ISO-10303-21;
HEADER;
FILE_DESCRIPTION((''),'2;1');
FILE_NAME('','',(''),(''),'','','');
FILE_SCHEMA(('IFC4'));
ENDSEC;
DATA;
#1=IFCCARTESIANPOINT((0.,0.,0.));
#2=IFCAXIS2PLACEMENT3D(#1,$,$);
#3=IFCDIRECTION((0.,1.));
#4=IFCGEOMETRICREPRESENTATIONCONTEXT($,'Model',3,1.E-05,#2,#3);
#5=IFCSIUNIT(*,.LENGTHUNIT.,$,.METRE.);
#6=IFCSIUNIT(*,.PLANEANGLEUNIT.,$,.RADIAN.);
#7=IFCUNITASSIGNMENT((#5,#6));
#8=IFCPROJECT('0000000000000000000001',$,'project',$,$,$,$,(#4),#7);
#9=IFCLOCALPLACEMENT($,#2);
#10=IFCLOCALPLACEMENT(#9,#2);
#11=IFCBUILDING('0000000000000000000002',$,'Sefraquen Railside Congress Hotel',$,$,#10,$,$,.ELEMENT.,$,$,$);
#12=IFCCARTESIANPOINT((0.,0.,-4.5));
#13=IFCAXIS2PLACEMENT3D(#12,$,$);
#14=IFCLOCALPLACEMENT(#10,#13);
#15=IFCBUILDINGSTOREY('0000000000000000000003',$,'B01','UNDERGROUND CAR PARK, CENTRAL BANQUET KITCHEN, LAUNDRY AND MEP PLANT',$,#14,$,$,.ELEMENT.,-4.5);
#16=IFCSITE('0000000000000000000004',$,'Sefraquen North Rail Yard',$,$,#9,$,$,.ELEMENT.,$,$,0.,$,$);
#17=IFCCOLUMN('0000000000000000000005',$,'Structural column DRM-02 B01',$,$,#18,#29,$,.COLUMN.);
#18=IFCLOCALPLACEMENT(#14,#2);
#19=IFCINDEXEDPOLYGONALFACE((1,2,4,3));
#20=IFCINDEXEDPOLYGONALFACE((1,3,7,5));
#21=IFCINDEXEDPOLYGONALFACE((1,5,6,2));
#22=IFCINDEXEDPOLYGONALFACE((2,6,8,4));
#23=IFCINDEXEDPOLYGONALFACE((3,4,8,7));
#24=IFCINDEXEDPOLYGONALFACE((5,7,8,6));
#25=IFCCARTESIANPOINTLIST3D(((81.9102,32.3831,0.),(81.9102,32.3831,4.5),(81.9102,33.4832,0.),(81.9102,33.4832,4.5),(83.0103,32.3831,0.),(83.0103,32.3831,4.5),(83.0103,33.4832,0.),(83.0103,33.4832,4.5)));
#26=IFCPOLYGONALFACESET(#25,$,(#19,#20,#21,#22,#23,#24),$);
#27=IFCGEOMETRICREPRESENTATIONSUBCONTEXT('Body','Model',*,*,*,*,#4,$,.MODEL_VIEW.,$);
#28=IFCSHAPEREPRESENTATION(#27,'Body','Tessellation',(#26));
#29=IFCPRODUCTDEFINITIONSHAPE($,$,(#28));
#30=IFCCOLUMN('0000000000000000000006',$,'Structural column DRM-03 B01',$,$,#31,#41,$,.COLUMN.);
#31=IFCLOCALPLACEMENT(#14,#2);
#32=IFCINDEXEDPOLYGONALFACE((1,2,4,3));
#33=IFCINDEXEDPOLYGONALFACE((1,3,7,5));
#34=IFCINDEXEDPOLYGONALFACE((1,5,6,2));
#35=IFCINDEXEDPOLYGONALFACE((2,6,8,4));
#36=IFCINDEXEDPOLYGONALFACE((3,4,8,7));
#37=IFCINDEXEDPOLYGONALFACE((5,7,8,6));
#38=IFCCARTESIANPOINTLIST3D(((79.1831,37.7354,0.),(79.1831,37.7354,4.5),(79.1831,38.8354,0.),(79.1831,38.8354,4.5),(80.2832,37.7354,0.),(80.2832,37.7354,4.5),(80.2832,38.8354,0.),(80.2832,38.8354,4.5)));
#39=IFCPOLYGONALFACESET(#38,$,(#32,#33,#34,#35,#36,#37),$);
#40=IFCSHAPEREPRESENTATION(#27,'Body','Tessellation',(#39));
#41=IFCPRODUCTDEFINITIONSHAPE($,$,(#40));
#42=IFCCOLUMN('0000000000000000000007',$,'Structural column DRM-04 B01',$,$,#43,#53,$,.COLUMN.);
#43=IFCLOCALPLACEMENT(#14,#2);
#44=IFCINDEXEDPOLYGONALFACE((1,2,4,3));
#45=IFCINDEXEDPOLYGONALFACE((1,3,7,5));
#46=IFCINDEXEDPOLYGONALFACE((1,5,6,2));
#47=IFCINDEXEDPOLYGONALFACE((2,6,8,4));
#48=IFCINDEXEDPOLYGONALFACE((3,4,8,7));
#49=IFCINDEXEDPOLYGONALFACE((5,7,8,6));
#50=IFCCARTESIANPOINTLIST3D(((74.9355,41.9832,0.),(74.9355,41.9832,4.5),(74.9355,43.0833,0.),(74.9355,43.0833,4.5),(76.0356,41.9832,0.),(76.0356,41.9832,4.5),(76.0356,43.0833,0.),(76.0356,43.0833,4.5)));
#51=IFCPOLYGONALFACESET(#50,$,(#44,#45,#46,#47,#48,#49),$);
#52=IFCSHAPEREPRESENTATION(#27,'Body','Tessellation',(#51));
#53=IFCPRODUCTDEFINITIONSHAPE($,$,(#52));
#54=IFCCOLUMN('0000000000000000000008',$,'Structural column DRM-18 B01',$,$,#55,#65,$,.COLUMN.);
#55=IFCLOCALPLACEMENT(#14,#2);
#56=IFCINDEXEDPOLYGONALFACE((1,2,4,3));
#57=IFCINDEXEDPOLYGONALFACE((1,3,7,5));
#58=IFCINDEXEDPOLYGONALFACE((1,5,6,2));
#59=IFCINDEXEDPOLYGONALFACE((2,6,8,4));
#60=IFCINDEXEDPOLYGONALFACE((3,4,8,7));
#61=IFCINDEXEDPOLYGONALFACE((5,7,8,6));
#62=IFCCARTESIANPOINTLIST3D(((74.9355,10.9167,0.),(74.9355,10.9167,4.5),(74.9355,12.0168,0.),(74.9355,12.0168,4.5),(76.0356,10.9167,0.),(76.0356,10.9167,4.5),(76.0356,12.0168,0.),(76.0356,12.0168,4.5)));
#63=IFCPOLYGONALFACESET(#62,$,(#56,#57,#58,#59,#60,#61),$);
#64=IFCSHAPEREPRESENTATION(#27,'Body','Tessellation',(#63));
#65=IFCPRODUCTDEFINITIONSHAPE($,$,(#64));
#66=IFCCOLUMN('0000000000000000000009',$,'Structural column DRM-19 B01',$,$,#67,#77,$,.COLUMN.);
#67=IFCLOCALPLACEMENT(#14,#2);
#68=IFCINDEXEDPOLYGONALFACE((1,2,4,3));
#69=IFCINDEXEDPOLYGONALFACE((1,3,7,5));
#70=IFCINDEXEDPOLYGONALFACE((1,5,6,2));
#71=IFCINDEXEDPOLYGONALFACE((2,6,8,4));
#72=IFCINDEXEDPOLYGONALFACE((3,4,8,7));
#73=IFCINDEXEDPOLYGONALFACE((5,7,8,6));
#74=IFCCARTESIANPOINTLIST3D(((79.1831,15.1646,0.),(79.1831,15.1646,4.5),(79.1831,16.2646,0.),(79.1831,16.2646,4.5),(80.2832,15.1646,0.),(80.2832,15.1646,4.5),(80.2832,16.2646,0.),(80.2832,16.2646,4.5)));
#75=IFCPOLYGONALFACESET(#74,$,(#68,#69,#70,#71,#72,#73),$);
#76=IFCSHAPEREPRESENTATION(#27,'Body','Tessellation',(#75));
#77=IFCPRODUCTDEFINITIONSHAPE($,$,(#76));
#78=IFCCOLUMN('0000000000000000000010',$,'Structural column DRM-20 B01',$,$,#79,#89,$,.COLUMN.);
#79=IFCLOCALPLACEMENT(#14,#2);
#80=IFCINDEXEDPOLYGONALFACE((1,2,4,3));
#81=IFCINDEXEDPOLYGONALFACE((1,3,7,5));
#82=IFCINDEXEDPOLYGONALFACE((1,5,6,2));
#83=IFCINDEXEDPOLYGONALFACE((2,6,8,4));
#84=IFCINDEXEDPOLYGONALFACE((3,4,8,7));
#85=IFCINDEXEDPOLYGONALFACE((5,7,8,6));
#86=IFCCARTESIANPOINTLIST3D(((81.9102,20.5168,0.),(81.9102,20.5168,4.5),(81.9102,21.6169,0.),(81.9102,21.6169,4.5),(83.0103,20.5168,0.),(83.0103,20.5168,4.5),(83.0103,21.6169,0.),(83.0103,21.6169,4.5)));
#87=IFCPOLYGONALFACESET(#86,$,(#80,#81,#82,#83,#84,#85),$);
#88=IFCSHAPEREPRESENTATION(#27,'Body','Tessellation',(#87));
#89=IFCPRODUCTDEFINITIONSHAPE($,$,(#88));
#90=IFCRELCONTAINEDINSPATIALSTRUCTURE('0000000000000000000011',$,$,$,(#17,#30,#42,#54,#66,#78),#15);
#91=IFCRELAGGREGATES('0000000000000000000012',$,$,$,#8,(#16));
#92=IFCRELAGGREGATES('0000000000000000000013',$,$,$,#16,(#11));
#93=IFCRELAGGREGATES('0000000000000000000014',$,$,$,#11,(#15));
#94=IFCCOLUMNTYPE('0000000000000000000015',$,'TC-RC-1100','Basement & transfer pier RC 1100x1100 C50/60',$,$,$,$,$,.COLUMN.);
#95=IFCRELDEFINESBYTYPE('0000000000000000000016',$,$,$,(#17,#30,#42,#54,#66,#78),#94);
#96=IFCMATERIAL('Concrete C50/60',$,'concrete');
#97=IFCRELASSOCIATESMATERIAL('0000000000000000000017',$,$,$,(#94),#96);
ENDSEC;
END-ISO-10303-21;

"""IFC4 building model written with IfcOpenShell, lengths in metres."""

from ifc_helpers import new_model, si_unit, direction, frame, origin, origin_2d, place, context, subcontext, project, spatial, rectangle, extrude, material, material_profile, profile_set, type_object, element, save


model = new_model("IFC4")

# Units and contexts
model_context = context("Model", 3, precision=1e-05, world=origin(), true_north=direction((0.0, 1.0)))
body_context = subcontext(model_context, "Body", "Model", "MODEL_VIEW")
ifc_project = project(units=[si_unit("LENGTHUNIT", "METRE"), si_unit("PLANEANGLEUNIT", "RADIAN")], contexts=[model_context])

# Site, building, storey
site_placement = place(None, origin())
site = spatial("IfcSite", under=ifc_project, at=site_placement, Name="Sefraquen North Rail Yard", CompositionType="ELEMENT", RefElevation=0.0)
building_placement = place(site_placement, origin())
building = spatial("IfcBuilding", under=site, at=building_placement, Name="Sefraquen Railside Congress Hotel", CompositionType="ELEMENT")
storey_placement = place(building_placement, frame((0.0, 0.0, -4.5)))
storey = spatial("IfcBuildingStorey", under=building, at=storey_placement, Name="B01", Description="UNDERGROUND CAR PARK, CENTRAL BANQUET KITCHEN, LAUNDRY AND MEP PLANT", CompositionType="ELEMENT", Elevation=-4.5)

# Columns
ifc_material_1 = material(Name="Concrete C50/60", Category="concrete")
ifc_material_profile_1 = material_profile(ifc_material_1, rectangle(XDim=1.1001, YDim=1.1001, at=origin_2d()), Name="RC 1100x1100")
ifc_profile_set_1 = profile_set([ifc_material_profile_1], Name="Concrete C50/60")
column_type_1 = type_object("IfcColumnType", Name="TC-RC-1100", Description="Basement & transfer pier RC 1100x1100 C50/60", PredefinedType="COLUMN", material=ifc_profile_set_1)
for number, where, z_axis, x_axis, name in (
    (1, (82.4602, 32.9331, 0.0), (0.0, 0.0, 1.0), (1.0, 0.0, 0.0), "Structural column DRM-02 B01"),
    (2, (79.7332, 38.2854, 0.0), (0.0, 0.0, 1.0), (1.0, 0.0, 0.0), "Structural column DRM-03 B01"),
    (3, (75.4856, 42.5332, 0.0), (0.0, 0.0, 1.0), (1.0, 0.0, 0.0), "Structural column DRM-04 B01"),
    (4, (75.4856, 11.4668, 0.0), (0.0, 0.0, 1.0), (1.0, 0.0, 0.0), "Structural column DRM-18 B01"),
    (5, (79.7332, 15.7146, 0.0), (0.0, 0.0, 1.0), (1.0, 0.0, 0.0), "Structural column DRM-19 B01"),
    (6, (82.4602, 21.0669, 0.0), (0.0, 0.0, 1.0), (1.0, 0.0, 0.0), "Structural column DRM-20 B01"),
):
    element("IfcColumn", number, at=place(storey_placement, frame(where, z_axis=z_axis, x_axis=x_axis)), inside=storey, type_object=column_type_1, Name=name, PredefinedType="COLUMN", context=body_context, shape_type="SweptSolid", body=[
        extrude(rectangle(XDim=1.1001, YDim=1.1001, at=origin_2d()), origin(), (0.0, 0.0, 1.0), 4.5),
    ])

save(model, "model.ifc")
